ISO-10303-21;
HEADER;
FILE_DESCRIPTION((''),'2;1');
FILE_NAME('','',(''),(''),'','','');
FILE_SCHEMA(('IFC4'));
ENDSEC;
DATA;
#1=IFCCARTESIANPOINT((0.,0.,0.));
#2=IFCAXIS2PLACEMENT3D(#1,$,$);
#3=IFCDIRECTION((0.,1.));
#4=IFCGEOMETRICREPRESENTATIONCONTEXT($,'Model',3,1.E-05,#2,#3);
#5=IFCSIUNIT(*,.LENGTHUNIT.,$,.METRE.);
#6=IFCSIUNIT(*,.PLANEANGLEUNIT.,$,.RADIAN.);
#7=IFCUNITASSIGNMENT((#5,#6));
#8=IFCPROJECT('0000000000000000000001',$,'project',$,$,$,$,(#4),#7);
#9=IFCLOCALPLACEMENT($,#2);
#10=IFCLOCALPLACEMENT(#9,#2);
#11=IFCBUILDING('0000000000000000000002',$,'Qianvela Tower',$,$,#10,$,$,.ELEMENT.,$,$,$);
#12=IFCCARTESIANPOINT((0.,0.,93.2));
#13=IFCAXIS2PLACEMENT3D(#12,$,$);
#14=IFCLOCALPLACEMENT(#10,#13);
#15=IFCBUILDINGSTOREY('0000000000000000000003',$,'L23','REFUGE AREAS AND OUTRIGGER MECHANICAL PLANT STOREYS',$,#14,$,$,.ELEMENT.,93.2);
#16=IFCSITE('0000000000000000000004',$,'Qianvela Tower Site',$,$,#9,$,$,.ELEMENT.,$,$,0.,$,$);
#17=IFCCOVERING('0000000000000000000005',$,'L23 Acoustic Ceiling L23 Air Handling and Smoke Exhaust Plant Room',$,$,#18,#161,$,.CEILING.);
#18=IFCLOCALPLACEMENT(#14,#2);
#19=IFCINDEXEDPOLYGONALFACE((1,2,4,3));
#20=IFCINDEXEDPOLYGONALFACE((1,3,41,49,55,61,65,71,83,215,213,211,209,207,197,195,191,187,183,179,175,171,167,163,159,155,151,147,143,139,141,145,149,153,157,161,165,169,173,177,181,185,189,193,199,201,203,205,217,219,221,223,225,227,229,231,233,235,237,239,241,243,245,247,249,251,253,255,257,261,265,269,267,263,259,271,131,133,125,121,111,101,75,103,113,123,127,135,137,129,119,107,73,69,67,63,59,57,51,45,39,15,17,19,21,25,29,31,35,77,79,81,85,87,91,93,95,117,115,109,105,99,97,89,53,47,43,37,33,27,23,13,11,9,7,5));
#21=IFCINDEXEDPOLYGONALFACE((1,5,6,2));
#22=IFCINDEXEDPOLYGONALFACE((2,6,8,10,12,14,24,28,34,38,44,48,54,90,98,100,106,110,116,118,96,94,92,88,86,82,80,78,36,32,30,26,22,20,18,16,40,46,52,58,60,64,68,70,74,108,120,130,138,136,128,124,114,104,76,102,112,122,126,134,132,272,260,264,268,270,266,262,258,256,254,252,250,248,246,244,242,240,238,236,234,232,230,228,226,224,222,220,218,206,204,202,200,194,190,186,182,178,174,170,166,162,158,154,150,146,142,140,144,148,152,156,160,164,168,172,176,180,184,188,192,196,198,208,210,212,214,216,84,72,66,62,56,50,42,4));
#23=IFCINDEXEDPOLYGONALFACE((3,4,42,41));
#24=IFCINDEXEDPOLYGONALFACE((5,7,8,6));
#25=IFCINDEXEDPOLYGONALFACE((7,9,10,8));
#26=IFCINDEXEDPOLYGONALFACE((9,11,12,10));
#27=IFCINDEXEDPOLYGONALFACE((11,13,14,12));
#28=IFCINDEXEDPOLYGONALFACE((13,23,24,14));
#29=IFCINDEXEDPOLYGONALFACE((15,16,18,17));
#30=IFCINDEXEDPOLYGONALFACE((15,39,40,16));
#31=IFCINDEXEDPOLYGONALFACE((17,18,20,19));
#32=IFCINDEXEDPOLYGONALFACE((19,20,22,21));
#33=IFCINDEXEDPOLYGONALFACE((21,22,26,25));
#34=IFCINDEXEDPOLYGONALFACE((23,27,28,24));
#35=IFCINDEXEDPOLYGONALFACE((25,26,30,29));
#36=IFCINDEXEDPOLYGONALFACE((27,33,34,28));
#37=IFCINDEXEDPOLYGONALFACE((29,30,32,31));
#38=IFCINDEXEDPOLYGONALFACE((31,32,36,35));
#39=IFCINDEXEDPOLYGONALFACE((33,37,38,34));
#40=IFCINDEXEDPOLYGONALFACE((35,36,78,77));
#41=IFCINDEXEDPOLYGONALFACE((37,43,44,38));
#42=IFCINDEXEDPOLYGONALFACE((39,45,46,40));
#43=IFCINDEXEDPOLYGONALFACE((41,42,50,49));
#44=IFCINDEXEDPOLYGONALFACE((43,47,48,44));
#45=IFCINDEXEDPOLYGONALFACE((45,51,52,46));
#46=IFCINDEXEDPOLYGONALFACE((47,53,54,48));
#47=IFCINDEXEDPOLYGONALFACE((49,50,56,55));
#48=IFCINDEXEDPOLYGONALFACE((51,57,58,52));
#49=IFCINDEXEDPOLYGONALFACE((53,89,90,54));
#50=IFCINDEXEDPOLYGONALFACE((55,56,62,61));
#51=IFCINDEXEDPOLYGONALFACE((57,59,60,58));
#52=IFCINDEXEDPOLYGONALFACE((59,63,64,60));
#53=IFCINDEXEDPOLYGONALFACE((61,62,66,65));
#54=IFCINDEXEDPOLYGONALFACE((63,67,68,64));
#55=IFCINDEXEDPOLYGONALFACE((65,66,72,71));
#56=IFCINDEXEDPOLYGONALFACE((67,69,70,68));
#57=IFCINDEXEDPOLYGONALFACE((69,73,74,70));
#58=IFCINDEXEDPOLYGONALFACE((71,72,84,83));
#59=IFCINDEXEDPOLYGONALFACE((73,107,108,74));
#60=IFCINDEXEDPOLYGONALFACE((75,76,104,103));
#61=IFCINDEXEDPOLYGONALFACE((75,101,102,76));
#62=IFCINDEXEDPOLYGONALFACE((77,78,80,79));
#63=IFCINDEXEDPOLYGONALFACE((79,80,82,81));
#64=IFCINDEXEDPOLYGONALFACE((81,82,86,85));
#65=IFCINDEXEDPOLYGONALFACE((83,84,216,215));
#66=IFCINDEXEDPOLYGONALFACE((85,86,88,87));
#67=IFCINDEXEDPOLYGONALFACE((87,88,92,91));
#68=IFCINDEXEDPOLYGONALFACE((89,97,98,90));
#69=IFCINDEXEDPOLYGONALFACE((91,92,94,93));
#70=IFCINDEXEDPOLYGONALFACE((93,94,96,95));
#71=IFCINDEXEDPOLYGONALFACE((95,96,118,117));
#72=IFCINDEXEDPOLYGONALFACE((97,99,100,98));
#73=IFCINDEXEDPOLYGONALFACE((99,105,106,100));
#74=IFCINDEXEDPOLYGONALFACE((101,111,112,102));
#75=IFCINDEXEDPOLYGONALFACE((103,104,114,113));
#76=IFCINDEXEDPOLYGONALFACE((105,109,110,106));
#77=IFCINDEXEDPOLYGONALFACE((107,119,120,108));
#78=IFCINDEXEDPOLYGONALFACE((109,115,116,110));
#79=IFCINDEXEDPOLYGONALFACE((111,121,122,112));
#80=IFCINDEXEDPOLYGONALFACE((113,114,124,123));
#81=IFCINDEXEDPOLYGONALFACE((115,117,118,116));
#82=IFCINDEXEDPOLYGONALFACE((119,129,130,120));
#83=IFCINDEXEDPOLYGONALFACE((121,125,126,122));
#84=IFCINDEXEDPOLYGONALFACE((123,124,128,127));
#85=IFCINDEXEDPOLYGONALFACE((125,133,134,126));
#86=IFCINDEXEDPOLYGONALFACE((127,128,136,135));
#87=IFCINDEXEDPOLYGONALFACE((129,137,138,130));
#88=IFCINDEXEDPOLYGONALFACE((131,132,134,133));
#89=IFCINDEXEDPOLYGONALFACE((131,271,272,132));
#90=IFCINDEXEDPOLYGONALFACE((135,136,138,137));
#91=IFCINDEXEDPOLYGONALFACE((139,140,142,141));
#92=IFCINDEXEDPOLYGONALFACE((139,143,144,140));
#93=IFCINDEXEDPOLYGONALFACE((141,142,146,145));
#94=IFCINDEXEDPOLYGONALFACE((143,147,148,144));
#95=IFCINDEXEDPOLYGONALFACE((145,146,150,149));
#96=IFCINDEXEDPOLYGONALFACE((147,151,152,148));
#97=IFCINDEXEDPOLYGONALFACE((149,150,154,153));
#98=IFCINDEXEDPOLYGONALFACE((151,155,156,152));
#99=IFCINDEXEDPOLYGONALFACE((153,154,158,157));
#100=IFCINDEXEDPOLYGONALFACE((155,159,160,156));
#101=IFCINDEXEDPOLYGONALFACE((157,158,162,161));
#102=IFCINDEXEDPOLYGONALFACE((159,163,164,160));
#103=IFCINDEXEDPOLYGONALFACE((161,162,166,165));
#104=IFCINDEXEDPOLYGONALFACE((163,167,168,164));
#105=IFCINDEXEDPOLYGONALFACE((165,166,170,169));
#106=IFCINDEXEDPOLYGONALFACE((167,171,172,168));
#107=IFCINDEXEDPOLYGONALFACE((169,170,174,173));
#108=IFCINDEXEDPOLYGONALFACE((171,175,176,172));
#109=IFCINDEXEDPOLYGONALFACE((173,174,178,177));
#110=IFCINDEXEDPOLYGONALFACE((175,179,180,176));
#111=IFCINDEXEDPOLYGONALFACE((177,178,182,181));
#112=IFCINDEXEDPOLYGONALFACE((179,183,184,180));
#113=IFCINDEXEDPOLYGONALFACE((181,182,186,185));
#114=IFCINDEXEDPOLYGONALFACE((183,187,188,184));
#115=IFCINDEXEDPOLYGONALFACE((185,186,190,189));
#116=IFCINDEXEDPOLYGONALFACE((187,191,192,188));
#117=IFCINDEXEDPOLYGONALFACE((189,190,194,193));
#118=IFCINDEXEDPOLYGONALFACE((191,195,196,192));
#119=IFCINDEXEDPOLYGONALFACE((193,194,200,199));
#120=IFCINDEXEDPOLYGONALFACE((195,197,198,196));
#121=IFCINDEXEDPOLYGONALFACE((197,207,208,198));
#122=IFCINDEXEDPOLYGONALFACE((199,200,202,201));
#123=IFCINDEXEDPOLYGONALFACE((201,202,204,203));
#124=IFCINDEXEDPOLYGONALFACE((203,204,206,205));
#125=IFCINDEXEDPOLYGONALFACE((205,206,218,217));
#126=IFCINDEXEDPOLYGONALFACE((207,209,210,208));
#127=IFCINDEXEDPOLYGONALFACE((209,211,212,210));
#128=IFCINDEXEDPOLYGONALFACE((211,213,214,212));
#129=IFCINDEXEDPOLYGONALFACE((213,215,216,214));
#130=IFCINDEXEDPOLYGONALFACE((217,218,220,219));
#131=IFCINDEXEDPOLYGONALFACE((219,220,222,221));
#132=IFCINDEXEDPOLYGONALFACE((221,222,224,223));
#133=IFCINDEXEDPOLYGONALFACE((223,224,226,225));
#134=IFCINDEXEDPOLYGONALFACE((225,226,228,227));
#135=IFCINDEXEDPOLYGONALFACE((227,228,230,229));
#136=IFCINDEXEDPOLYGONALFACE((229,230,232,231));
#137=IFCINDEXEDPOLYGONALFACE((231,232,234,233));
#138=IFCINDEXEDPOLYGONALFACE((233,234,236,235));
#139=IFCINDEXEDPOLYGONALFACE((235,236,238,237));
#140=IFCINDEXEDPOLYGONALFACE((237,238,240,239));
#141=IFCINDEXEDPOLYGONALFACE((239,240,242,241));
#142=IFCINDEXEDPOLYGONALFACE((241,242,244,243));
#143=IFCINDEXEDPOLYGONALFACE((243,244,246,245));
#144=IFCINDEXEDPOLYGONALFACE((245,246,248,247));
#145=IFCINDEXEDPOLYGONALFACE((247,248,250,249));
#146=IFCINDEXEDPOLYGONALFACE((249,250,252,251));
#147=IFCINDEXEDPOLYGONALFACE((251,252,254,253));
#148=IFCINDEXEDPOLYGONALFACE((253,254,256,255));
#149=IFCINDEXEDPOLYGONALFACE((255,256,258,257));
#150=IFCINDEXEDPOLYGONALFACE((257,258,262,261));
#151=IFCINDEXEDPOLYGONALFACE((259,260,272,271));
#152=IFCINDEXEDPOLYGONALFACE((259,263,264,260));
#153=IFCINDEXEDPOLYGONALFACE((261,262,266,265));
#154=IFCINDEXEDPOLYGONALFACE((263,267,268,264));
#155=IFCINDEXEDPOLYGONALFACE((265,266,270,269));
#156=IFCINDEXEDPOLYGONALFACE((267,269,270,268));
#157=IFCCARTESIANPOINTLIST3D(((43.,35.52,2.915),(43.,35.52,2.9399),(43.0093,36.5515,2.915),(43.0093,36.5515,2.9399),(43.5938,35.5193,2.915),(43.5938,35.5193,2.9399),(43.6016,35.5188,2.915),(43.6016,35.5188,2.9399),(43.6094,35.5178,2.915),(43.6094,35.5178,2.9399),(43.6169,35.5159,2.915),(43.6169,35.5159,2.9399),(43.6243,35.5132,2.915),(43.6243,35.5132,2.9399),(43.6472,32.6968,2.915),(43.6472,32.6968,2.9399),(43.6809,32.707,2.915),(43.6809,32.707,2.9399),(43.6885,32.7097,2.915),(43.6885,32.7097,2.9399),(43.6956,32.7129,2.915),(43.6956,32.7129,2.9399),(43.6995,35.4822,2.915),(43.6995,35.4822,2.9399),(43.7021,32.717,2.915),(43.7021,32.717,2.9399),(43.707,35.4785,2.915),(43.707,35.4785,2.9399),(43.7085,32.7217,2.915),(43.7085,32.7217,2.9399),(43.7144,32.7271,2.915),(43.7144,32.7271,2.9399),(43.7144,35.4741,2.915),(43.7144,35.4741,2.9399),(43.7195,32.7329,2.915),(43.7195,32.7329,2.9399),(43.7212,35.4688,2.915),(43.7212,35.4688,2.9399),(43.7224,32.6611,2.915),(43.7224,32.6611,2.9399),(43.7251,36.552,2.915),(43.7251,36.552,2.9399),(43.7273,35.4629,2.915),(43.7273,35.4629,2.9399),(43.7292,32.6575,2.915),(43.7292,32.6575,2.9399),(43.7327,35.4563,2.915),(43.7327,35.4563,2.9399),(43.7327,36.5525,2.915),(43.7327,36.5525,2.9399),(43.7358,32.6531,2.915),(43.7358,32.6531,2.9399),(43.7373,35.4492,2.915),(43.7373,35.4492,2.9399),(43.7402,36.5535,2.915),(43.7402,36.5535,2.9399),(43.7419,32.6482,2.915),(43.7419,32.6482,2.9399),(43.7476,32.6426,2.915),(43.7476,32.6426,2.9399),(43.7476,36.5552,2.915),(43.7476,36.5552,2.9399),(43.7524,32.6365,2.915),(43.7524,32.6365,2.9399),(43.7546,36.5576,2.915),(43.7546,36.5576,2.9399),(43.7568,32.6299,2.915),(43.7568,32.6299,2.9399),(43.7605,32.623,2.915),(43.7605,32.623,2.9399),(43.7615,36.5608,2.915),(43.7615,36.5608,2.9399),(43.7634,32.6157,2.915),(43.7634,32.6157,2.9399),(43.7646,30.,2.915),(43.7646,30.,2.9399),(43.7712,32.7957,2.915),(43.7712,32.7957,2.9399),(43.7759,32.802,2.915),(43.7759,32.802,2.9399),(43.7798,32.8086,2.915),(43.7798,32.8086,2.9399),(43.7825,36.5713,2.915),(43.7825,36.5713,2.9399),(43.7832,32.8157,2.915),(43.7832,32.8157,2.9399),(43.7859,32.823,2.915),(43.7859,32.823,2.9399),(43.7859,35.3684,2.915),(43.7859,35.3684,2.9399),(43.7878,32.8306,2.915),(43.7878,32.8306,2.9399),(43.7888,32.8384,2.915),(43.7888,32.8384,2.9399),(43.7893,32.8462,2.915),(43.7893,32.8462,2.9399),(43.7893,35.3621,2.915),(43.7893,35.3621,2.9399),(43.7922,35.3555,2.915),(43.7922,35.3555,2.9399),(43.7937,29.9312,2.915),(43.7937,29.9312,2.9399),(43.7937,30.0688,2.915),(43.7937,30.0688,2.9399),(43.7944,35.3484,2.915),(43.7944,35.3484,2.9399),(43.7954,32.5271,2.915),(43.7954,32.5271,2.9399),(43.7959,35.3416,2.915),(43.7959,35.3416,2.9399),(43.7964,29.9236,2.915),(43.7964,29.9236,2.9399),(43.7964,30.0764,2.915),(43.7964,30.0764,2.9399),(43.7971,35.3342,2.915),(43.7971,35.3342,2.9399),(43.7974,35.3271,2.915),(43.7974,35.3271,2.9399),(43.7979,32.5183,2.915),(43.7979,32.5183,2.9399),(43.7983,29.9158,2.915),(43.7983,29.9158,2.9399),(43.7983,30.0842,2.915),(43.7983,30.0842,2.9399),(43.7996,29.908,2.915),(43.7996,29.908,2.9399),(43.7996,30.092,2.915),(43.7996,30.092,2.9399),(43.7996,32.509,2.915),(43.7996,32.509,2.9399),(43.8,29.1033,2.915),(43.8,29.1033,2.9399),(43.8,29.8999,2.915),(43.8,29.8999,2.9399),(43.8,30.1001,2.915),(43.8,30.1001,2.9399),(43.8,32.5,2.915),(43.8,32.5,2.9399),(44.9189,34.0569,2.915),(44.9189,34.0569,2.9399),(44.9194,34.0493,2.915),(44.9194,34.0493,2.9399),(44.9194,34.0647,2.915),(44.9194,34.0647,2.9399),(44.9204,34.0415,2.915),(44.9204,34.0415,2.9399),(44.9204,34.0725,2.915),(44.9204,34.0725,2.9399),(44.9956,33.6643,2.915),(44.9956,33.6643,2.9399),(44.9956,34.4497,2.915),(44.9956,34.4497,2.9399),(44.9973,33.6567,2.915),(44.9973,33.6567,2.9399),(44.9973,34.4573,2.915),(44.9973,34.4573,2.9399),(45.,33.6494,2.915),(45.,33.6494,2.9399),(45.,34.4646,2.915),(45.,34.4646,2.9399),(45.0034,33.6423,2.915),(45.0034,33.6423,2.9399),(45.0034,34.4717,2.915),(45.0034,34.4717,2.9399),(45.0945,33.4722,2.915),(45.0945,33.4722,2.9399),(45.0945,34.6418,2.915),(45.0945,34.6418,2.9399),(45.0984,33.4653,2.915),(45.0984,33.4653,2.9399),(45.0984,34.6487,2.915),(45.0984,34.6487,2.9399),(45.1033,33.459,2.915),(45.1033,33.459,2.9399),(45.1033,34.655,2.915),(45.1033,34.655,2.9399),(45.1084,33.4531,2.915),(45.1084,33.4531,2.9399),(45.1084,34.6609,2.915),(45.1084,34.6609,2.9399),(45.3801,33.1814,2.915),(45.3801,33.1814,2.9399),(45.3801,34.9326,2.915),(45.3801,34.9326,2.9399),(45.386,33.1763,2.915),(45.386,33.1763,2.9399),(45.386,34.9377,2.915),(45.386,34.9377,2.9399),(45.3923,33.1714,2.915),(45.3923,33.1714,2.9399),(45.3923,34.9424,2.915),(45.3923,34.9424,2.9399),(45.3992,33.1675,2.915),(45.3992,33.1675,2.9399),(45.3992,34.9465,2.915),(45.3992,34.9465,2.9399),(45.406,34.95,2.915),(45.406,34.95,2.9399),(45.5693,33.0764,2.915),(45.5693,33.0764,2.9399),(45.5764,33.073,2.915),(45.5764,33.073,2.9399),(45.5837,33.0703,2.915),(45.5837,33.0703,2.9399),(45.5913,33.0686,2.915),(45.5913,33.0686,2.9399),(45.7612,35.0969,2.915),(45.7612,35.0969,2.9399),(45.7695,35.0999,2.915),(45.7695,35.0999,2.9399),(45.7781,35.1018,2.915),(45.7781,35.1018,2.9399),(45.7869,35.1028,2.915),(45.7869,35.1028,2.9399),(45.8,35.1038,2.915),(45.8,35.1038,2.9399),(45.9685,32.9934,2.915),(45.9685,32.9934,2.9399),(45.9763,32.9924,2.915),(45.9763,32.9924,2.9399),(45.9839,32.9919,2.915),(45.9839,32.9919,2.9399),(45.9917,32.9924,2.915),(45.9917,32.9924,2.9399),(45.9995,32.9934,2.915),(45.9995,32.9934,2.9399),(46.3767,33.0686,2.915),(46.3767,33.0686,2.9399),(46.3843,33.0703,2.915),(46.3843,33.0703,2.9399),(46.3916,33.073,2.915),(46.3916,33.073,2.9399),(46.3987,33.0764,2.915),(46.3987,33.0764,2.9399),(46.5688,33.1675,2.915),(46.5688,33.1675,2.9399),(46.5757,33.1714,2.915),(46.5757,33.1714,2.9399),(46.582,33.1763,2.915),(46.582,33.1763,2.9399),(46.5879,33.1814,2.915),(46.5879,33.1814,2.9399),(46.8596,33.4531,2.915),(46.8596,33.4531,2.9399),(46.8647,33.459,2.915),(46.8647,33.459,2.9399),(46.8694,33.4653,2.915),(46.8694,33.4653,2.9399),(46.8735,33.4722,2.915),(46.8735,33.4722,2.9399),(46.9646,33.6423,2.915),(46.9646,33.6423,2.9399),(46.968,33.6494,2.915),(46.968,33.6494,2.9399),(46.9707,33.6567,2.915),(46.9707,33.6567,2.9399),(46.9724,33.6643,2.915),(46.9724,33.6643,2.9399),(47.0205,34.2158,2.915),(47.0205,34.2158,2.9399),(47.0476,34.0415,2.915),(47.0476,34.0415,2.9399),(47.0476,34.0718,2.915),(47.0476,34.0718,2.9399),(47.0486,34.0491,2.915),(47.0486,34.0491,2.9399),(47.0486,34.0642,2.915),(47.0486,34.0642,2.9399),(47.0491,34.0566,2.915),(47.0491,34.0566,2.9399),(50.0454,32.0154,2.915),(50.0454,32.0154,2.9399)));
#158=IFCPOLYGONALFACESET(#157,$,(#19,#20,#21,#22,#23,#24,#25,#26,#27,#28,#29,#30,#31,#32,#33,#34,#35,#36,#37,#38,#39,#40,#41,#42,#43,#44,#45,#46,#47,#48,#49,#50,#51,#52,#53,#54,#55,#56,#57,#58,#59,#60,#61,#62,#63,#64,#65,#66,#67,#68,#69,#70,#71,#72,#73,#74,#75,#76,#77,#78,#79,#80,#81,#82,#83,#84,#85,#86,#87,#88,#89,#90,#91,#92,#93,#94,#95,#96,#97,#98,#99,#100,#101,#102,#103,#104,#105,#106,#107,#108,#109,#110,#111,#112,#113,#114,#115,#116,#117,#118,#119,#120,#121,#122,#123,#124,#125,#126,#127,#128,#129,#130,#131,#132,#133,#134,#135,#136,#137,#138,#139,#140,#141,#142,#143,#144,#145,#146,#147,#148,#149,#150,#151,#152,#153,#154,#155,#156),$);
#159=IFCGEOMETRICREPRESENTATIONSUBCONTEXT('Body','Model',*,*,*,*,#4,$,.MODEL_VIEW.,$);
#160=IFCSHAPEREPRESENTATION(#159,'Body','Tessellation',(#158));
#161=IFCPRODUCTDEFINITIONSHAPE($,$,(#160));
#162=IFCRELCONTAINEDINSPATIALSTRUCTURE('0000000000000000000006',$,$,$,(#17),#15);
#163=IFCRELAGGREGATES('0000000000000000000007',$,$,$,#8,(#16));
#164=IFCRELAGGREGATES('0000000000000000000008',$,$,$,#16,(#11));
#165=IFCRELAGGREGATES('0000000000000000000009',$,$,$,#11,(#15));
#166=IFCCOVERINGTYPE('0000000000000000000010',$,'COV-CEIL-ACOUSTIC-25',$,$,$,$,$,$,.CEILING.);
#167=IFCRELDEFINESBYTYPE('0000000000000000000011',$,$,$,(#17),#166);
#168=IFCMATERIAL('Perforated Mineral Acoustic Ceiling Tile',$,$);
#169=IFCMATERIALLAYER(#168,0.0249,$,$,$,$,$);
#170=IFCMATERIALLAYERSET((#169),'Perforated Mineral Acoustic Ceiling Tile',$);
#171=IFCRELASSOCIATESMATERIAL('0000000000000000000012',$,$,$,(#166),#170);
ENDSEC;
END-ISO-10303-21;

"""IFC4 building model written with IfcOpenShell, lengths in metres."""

from ifc_helpers import new_model, si_unit, direction, frame, origin, place, context, subcontext, project, spatial, polyline, outline, extrude, material, layer, layer_set, type_object, element, save


model = new_model("IFC4")

# Units and contexts
model_context = context("Model", 3, precision=1e-05, world=origin(), true_north=direction((0.0, 1.0)))
body_context = subcontext(model_context, "Body", "Model", "MODEL_VIEW")
ifc_project = project(units=[si_unit("LENGTHUNIT", "METRE"), si_unit("PLANEANGLEUNIT", "RADIAN")], contexts=[model_context])

# Site, building, storey
site_placement = place(None, origin())
site = spatial("IfcSite", under=ifc_project, at=site_placement, Name="Qianvela Tower Site", CompositionType="ELEMENT", RefElevation=0.0)
building_placement = place(site_placement, origin())
building = spatial("IfcBuilding", under=site, at=building_placement, Name="Qianvela Tower", CompositionType="ELEMENT")
storey_placement = place(building_placement, frame((0.0, 0.0, 93.2)))
storey = spatial("IfcBuildingStorey", under=building, at=storey_placement, Name="L23", Description="REFUGE AREAS AND OUTRIGGER MECHANICAL PLANT STOREYS", CompositionType="ELEMENT", Elevation=93.2)

# Covering
ifc_material_1 = material(Name="Perforated Mineral Acoustic Ceiling Tile")
ifc_layer_1 = layer(ifc_material_1, 0.0249)
ifc_layer_set_1 = layer_set([ifc_layer_1], Name="Perforated Mineral Acoustic Ceiling Tile")
covering_type_1 = type_object("IfcCoveringType", Name="COV-CEIL-ACOUSTIC-25", PredefinedType="CEILING", material=ifc_layer_set_1)
covering_1_placement = place(storey_placement, frame((0.0, 0.0, 2.915)))
element("IfcCovering", 1, at=covering_1_placement, inside=storey, type_object=covering_type_1, Name="L23 Acoustic Ceiling L23 Air Handling and Smoke Exhaust Plant Room", PredefinedType="CEILING", context=body_context, shape_type="SweptSolid", body=[
    extrude(outline(polyline([(43.6472, 32.6968), (43.6809, 32.707), (43.6885, 32.7097), (43.6956, 32.7129), (43.7021, 32.717), (43.7085, 32.7217), (43.7144, 32.7271), (43.7195, 32.7329), (43.7712, 32.7957), (43.7759, 32.802), (43.7798, 32.8086), (43.7832, 32.8157), (43.7859, 32.823), (43.7878, 32.8306), (43.7888, 32.8384), (43.7893, 32.8462), (43.7974, 35.3271), (43.7971, 35.3342), (43.7959, 35.3416), (43.7944, 35.3484), (43.7922, 35.3555), (43.7893, 35.3621), (43.7859, 35.3684), (43.7373, 35.4492), (43.7327, 35.4563), (43.7273, 35.4629), (43.7212, 35.4688), (43.7144, 35.4741), (43.707, 35.4785), (43.6995, 35.4822), (43.6243, 35.5132), (43.6169, 35.5159), (43.6094, 35.5178), (43.6016, 35.5188), (43.5938, 35.5193), (43.0, 35.52), (43.0093, 36.5515), (43.7251, 36.552), (43.7327, 36.5525), (43.7402, 36.5535), (43.7476, 36.5552), (43.7546, 36.5576), (43.7615, 36.5608), (43.7825, 36.5713), (45.8, 35.1038), (45.7869, 35.1028), (45.7781, 35.1018), (45.7695, 35.0999), (45.7612, 35.0969), (45.406, 34.95), (45.3992, 34.9465), (45.3923, 34.9424), (45.386, 34.9377), (45.3801, 34.9326), (45.1084, 34.6609), (45.1033, 34.655), (45.0984, 34.6487), (45.0945, 34.6418), (45.0034, 34.4717), (45.0, 34.4646), (44.9973, 34.4573), (44.9956, 34.4497), (44.9204, 34.0725), (44.9194, 34.0647), (44.9189, 34.0569), (44.9194, 34.0493), (44.9204, 34.0415), (44.9956, 33.6643), (44.9973, 33.6567), (45.0, 33.6494), (45.0034, 33.6423), (45.0945, 33.4722), (45.0984, 33.4653), (45.1033, 33.459), (45.1084, 33.4531), (45.3801, 33.1814), (45.386, 33.1763), (45.3923, 33.1714), (45.3992, 33.1675), (45.5693, 33.0764), (45.5764, 33.073), (45.5837, 33.0703), (45.5913, 33.0686), (45.9685, 32.9934), (45.9763, 32.9924), (45.9839, 32.9919), (45.9917, 32.9924), (45.9995, 32.9934), (46.3767, 33.0686), (46.3843, 33.0703), (46.3916, 33.073), (46.3987, 33.0764), (46.5688, 33.1675), (46.5757, 33.1714), (46.582, 33.1763), (46.5879, 33.1814), (46.8596, 33.4531), (46.8647, 33.459), (46.8694, 33.4653), (46.8735, 33.4722), (46.9646, 33.6423), (46.968, 33.6494), (46.9707, 33.6567), (46.9724, 33.6643), (47.0476, 34.0415), (47.0486, 34.0491), (47.0491, 34.0566), (47.0486, 34.0642), (47.0476, 34.0718), (47.0205, 34.2158), (50.0454, 32.0154), (43.8, 29.1033), (43.8, 29.8999), (43.7996, 29.908), (43.7983, 29.9158), (43.7964, 29.9236), (43.7937, 29.9312), (43.7646, 30.0), (43.7937, 30.0688), (43.7964, 30.0764), (43.7983, 30.0842), (43.7996, 30.092), (43.8, 30.1001), (43.8, 32.5), (43.7996, 32.509), (43.7979, 32.5183), (43.7954, 32.5271), (43.7634, 32.6157), (43.7605, 32.623), (43.7568, 32.6299), (43.7524, 32.6365), (43.7476, 32.6426), (43.7419, 32.6482), (43.7358, 32.6531), (43.7292, 32.6575), (43.7224, 32.6611), (43.6472, 32.6968)])), origin(), (0.0, 0.0, 1.0), 0.0249),
])

save(model, "model.ifc")
